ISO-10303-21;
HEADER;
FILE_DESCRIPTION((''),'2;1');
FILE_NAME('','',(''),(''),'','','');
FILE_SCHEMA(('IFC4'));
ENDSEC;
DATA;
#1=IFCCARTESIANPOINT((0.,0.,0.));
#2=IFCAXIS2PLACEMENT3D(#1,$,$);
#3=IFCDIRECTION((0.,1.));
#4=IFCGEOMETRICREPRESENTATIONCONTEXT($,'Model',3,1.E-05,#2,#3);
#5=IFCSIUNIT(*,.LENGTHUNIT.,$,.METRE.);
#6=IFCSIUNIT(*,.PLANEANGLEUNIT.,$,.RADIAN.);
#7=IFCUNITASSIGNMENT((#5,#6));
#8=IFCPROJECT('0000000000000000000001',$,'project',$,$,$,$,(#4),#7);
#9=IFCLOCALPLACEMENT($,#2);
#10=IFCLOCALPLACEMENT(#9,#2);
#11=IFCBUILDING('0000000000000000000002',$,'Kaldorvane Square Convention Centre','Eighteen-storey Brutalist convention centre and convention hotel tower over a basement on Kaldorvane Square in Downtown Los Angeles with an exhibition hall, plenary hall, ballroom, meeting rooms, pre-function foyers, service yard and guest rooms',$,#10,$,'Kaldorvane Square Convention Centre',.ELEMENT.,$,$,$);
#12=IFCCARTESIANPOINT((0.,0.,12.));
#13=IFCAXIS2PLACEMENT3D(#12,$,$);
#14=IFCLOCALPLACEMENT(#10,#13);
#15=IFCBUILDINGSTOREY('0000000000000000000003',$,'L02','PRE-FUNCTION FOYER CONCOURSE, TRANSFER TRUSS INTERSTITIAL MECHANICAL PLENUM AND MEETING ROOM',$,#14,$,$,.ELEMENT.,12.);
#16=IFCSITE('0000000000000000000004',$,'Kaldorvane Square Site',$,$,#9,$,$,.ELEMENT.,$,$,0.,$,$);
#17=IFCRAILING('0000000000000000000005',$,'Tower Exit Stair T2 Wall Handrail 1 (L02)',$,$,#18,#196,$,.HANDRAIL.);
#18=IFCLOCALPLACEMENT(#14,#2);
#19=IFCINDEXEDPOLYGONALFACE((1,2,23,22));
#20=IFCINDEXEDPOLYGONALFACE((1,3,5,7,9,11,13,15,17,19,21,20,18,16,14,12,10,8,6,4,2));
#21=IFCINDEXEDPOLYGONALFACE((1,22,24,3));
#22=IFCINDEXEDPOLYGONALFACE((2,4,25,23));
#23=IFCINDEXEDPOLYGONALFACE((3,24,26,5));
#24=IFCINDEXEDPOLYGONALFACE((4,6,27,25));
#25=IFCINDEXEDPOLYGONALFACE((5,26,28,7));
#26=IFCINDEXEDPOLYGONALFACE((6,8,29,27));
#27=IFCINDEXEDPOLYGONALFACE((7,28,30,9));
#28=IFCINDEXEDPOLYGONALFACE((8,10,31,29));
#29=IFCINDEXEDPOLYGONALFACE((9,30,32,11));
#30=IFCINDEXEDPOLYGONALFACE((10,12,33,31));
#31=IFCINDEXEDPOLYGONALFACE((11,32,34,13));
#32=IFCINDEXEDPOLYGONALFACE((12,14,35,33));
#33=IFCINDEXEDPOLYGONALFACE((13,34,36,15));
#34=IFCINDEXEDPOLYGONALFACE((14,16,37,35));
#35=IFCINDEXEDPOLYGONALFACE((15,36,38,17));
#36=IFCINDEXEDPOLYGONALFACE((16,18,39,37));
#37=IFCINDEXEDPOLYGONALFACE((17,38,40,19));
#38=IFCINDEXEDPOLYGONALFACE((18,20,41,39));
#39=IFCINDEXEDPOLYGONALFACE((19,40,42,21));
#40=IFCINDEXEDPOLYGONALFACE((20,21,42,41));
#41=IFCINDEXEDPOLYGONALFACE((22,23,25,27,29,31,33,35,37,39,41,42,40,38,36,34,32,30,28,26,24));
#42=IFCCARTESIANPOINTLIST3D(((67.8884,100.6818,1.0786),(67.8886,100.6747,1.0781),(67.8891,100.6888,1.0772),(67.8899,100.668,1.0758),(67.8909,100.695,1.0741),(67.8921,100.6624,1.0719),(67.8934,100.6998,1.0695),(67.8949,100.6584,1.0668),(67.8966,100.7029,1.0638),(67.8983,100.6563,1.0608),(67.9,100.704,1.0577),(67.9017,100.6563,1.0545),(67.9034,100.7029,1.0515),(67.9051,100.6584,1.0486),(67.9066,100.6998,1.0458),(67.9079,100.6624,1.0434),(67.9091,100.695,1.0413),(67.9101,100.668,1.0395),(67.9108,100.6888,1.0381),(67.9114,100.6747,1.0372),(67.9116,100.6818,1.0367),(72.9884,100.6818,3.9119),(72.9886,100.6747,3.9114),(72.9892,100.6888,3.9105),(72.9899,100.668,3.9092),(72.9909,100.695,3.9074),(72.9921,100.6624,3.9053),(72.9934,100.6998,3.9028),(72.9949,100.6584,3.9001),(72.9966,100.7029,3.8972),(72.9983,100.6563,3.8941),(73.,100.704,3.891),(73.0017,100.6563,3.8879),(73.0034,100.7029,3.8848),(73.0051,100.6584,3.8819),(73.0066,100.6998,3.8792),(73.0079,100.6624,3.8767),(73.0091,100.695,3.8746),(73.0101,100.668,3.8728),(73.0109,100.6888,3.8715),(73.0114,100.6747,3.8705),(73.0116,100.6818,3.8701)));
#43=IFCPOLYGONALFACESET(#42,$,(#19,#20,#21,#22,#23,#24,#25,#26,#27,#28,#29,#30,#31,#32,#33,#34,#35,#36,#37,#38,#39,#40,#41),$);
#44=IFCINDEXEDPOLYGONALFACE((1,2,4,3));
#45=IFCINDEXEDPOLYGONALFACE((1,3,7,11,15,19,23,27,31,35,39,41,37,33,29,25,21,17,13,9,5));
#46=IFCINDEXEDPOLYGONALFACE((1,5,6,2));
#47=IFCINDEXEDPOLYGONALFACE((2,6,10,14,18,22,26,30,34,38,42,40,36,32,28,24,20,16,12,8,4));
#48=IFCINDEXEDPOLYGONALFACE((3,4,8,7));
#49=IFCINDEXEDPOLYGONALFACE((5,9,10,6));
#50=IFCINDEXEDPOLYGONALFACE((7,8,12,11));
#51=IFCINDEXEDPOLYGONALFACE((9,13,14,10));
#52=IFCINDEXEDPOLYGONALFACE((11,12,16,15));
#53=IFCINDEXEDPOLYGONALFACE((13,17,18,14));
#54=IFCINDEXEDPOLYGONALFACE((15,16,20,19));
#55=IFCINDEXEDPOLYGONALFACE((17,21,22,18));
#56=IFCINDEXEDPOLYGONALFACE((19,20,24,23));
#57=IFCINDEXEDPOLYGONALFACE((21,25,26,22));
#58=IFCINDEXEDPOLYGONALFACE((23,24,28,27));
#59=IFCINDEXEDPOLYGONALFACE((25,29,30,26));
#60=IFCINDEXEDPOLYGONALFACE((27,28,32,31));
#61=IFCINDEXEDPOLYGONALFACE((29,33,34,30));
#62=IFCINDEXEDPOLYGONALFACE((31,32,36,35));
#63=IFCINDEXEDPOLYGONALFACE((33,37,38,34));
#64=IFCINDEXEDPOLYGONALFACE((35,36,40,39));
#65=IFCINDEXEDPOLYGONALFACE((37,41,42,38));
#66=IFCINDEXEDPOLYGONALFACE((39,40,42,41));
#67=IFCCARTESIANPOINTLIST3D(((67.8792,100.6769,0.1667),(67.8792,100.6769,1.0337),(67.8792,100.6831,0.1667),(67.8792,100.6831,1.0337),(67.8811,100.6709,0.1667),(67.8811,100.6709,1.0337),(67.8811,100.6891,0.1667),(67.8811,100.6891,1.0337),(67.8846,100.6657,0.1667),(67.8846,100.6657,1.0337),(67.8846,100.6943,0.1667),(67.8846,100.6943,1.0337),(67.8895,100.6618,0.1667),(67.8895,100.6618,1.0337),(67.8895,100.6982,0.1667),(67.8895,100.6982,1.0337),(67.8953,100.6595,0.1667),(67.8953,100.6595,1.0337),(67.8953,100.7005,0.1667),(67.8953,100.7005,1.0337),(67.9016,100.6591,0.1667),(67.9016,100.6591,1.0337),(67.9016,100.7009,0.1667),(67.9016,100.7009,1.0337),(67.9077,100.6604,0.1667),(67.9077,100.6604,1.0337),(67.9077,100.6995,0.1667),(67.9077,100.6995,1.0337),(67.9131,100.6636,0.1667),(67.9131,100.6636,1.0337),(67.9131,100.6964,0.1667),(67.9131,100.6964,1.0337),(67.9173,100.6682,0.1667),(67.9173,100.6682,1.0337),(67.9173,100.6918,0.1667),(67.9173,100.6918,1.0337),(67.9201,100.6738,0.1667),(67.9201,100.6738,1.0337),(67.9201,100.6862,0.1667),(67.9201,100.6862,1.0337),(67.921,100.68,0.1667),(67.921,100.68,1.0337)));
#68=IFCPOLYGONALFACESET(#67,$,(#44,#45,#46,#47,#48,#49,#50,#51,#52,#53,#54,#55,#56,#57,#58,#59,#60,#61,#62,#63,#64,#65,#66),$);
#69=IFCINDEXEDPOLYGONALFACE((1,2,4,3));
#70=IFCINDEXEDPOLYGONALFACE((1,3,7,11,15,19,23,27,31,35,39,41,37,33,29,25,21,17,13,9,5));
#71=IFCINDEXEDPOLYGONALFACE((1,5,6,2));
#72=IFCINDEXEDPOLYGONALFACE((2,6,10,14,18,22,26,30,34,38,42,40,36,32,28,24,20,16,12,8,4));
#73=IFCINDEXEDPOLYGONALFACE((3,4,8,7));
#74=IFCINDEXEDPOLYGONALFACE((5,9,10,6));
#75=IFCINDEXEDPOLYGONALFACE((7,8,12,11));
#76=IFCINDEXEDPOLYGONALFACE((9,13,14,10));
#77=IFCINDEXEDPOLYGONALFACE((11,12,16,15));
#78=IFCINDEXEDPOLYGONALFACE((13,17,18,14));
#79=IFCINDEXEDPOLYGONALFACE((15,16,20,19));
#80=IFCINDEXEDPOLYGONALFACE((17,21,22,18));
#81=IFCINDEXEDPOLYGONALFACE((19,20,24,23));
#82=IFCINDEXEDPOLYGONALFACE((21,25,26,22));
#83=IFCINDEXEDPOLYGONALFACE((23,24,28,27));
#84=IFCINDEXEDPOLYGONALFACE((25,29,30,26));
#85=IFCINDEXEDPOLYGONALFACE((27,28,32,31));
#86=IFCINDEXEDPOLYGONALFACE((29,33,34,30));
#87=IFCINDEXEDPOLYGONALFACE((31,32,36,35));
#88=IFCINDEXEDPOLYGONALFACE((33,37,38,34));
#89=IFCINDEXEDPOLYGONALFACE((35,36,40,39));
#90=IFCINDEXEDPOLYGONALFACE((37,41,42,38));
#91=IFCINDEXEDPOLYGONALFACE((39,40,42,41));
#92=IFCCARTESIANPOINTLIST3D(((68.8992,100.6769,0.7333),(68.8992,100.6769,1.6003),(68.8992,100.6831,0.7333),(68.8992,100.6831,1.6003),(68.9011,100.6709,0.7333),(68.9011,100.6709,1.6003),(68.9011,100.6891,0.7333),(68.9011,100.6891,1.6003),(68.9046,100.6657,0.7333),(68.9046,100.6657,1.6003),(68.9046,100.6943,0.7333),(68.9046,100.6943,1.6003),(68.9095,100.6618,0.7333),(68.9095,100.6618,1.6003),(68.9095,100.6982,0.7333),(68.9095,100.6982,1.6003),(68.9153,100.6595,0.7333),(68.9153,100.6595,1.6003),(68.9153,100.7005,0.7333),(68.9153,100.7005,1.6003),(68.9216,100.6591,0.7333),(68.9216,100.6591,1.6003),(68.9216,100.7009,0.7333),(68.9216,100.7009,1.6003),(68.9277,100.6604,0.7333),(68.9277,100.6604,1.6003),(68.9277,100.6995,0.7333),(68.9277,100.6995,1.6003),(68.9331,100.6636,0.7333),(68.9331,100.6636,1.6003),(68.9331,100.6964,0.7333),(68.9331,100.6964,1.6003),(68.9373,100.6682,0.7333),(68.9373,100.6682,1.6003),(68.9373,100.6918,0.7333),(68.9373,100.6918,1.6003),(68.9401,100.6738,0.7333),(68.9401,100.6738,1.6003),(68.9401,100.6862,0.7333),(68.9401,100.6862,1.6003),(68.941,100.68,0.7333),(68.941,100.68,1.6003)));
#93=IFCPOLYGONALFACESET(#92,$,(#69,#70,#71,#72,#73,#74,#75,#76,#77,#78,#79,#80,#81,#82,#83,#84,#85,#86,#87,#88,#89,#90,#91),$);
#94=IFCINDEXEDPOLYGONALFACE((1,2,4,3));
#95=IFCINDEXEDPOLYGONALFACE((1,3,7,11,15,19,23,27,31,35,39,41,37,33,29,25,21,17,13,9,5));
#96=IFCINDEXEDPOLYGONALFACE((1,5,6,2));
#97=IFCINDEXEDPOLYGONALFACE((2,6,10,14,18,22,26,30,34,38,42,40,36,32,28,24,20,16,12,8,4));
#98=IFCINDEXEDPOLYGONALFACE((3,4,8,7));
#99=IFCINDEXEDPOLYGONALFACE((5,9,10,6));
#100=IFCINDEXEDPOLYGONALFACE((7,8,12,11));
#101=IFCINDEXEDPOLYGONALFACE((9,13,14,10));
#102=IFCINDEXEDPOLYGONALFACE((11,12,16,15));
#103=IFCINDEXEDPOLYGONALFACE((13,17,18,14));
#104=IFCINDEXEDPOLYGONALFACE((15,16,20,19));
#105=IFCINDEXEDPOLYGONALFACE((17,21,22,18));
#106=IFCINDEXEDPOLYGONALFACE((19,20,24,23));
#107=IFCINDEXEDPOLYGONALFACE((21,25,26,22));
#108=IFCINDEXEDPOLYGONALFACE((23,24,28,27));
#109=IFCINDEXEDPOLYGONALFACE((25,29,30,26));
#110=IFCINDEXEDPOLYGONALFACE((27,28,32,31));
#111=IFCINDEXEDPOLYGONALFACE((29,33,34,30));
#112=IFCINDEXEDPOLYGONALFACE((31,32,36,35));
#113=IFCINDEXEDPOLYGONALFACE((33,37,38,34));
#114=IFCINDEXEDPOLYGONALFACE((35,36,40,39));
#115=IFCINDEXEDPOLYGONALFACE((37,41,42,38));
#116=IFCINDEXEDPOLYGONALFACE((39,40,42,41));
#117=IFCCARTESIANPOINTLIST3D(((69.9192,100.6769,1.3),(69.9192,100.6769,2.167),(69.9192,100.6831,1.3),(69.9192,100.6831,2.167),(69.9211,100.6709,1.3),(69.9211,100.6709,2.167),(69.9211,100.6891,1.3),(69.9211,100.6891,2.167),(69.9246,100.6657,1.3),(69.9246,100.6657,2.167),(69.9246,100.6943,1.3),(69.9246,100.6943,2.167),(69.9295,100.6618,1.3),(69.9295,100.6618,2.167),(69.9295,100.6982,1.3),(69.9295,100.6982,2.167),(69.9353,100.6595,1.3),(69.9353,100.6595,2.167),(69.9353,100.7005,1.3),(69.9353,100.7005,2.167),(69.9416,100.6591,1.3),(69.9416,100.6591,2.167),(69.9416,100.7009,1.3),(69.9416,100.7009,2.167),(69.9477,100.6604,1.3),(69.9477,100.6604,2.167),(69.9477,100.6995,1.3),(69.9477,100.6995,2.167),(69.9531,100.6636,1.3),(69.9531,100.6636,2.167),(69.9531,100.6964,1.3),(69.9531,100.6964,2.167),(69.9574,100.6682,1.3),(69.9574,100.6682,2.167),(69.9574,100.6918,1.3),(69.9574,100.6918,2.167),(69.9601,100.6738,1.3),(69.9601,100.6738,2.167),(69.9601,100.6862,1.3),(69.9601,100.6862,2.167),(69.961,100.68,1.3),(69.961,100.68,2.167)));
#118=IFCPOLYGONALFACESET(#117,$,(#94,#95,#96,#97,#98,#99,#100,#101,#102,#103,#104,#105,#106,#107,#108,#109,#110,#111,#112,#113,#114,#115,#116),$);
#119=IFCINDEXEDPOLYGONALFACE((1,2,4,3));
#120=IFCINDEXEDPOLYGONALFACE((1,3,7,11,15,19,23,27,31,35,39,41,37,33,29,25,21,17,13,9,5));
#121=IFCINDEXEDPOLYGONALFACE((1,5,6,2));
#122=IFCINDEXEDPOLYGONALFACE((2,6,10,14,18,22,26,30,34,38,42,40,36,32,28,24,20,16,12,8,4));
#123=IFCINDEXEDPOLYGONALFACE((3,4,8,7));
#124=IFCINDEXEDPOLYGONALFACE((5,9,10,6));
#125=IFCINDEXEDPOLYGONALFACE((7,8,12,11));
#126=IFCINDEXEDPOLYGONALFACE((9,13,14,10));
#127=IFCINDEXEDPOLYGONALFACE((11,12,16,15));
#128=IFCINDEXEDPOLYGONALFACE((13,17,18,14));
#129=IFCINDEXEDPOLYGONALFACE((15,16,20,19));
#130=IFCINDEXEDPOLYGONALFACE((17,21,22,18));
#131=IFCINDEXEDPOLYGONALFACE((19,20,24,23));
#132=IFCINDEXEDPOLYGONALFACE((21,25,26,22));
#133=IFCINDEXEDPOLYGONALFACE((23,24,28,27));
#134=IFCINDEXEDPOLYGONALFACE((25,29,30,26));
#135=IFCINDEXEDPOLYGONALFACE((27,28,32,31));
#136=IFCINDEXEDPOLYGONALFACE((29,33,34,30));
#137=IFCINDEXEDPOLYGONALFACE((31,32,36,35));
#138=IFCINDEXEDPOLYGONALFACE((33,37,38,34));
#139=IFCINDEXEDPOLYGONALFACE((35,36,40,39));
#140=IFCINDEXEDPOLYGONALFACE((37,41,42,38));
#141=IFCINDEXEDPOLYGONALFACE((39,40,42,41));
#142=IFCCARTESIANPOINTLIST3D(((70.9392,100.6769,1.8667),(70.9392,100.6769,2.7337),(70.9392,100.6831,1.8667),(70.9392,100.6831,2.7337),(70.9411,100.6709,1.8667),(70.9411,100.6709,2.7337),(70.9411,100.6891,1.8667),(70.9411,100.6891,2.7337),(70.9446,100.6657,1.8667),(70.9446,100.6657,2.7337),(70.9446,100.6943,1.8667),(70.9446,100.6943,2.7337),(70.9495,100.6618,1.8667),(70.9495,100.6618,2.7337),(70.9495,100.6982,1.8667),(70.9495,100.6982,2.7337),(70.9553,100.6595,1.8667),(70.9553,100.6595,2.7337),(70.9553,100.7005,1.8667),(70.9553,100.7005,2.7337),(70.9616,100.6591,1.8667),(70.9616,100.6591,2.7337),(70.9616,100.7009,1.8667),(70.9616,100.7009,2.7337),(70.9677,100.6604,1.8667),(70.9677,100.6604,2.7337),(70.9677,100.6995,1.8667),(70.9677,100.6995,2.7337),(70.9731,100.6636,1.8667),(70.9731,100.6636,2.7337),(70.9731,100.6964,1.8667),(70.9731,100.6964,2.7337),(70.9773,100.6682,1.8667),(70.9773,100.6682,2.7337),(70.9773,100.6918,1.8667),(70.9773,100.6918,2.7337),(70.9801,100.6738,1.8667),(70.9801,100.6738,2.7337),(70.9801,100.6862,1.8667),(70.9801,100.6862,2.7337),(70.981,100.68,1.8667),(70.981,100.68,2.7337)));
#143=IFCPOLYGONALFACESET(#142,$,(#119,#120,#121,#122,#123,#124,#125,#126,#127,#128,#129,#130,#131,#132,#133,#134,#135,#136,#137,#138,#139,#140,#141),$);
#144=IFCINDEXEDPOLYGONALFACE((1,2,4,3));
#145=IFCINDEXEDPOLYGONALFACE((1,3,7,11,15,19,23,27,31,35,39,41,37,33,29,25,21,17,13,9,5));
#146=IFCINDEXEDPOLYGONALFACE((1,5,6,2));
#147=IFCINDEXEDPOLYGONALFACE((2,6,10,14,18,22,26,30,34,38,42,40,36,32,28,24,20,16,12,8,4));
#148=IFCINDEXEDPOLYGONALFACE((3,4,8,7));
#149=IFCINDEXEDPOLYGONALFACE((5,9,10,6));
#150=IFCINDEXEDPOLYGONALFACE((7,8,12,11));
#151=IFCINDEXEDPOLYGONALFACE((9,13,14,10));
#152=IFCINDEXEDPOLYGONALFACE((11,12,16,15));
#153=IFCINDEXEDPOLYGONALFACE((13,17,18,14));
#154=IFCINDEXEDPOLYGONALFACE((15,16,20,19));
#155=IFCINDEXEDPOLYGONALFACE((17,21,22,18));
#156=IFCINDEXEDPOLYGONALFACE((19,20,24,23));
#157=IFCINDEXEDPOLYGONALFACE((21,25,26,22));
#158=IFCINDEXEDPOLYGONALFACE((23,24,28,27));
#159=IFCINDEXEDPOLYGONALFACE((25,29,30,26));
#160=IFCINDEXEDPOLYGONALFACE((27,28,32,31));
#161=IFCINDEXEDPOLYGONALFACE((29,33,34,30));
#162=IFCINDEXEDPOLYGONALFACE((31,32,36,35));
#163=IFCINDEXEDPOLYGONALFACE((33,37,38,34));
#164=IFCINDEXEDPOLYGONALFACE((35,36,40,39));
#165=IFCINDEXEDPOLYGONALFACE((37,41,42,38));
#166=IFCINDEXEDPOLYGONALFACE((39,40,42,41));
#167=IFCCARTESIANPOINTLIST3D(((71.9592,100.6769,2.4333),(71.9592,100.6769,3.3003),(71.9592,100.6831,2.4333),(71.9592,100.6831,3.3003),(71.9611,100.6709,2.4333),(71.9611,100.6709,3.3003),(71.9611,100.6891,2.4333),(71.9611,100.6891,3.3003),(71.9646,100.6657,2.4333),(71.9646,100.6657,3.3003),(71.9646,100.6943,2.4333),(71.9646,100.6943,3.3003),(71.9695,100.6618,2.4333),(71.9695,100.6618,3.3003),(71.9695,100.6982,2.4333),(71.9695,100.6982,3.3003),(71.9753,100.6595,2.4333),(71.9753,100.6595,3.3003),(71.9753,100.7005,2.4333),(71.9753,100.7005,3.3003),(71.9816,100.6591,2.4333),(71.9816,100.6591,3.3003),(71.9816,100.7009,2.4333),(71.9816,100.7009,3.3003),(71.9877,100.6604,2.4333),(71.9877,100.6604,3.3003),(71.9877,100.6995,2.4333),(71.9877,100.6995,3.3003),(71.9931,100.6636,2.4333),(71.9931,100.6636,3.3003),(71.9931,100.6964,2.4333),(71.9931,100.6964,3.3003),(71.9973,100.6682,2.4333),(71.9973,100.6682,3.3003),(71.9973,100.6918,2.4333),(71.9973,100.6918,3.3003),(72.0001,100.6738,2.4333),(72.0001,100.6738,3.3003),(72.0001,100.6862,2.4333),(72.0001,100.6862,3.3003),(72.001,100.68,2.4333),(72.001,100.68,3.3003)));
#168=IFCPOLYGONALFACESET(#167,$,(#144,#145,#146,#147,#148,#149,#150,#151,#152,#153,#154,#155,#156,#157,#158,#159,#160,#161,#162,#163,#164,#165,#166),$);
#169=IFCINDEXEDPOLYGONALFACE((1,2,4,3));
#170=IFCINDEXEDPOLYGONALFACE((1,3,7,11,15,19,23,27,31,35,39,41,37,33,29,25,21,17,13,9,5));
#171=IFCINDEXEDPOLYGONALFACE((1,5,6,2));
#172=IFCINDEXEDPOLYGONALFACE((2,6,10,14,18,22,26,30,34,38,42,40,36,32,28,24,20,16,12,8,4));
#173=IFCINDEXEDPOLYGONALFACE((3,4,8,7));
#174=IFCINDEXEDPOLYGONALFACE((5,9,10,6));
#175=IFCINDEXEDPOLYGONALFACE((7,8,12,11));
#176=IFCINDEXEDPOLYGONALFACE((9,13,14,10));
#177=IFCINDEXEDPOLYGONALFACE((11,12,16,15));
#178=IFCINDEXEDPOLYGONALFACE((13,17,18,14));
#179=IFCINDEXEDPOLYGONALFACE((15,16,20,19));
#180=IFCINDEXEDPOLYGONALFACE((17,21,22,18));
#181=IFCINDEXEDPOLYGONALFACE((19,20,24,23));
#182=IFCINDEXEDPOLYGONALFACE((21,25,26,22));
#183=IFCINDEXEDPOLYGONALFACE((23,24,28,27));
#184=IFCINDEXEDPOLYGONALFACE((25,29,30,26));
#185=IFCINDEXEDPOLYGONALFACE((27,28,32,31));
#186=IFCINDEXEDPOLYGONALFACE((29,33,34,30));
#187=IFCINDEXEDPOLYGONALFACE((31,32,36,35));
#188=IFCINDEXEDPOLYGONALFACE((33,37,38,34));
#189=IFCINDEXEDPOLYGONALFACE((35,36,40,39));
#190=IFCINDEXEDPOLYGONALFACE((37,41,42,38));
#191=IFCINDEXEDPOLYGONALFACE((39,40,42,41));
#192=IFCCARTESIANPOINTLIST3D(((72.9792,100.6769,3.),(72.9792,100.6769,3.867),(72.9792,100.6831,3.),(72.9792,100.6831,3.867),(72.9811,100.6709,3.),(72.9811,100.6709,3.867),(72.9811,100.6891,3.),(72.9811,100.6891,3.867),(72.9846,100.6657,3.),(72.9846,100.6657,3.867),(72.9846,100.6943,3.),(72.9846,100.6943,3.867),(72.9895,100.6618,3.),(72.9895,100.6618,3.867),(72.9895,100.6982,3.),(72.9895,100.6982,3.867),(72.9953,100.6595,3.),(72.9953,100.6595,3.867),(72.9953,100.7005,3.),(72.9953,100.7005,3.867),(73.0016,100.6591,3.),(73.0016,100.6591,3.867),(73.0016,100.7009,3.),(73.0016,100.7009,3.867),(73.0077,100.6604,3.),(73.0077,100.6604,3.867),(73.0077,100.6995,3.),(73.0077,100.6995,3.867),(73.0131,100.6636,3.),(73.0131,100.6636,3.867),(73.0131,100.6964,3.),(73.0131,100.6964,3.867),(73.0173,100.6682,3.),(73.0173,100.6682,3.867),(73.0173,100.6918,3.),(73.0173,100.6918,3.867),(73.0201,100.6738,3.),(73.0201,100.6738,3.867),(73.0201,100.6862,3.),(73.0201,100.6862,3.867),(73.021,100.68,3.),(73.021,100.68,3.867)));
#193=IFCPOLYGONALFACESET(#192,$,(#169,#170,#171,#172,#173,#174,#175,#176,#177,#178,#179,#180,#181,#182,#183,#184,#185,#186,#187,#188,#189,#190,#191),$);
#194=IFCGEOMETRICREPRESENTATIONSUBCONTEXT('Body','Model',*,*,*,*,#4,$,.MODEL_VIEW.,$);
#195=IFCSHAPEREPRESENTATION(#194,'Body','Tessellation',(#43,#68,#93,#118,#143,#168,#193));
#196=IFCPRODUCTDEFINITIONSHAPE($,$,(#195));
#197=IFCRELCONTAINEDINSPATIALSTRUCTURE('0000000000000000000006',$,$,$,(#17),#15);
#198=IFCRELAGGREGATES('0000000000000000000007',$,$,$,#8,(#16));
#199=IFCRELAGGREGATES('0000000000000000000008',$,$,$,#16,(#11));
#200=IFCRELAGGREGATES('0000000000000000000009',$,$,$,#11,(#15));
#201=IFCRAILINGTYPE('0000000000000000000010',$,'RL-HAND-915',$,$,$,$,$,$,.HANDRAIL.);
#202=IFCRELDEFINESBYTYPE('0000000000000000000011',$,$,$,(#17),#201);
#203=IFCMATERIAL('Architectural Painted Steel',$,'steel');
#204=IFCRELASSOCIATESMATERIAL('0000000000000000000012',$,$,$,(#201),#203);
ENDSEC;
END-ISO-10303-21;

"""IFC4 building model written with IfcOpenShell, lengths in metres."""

from ifc_helpers import new_model, si_unit, direction, frame, origin, origin_2d, place, context, subcontext, project, spatial, circle, extrude, material, type_object, element, save


model = new_model("IFC4")

# Units and contexts
model_context = context("Model", 3, precision=1e-05, world=origin(), true_north=direction((0.0, 1.0)))
body_context = subcontext(model_context, "Body", "Model", "MODEL_VIEW")
ifc_project = project(units=[si_unit("LENGTHUNIT", "METRE"), si_unit("PLANEANGLEUNIT", "RADIAN")], contexts=[model_context])

# Site, building, storey
site_placement = place(None, origin())
site = spatial("IfcSite", under=ifc_project, at=site_placement, Name="Kaldorvane Square Site", CompositionType="ELEMENT", RefElevation=0.0)
building_placement = place(site_placement, origin())
building = spatial("IfcBuilding", under=site, at=building_placement, Name="Kaldorvane Square Convention Centre", Description="Eighteen-storey Brutalist convention centre and convention hotel tower over a basement on Kaldorvane Square in Downtown Los Angeles with an exhibition hall, plenary hall, ballroom, meeting rooms, pre-function foyers, service yard and guest rooms", LongName="Kaldorvane Square Convention Centre", CompositionType="ELEMENT")
storey_placement = place(building_placement, frame((0.0, 0.0, 12.0)))
storey = spatial("IfcBuildingStorey", under=building, at=storey_placement, Name="L02", Description="PRE-FUNCTION FOYER CONCOURSE, TRANSFER TRUSS INTERSTITIAL MECHANICAL PLENUM AND MEETING ROOM", CompositionType="ELEMENT", Elevation=12.0)

# Railing
ifc_material_1 = material(Name="Architectural Painted Steel", Category="steel")
railing_type_1 = type_object("IfcRailingType", Name="RL-HAND-915", PredefinedType="HANDRAIL", material=ifc_material_1)
railing_1_placement = place(storey_placement, frame((67.9, 100.68, 0.1667)))
element("IfcRailing", 1, at=railing_1_placement, inside=storey, type_object=railing_type_1, Name="Tower Exit Stair T2 Wall Handrail 1 (L02)", PredefinedType="HANDRAIL", context=body_context, shape_type="SweptSolid", body=[
    extrude(circle(Radius=0.024, at=origin_2d()), frame((0.0, 0.0, 0.891), z_axis=(0.874158, 0.0, 0.485642), x_axis=(0.0, 1.0, 0.0)), (0.0, 0.0, 1.0), 5.8342),
    extrude(circle(Radius=0.021, at=origin_2d()), origin(), (0.0, 0.0, 1.0), 0.867),
    extrude(circle(Radius=0.021, at=origin_2d()), frame((1.02, 0.0, 0.5667)), (0.0, 0.0, 1.0), 0.867),
    extrude(circle(Radius=0.021, at=origin_2d()), frame((2.04, 0.0, 1.1333)), (0.0, 0.0, 1.0), 0.867),
    extrude(circle(Radius=0.021, at=origin_2d()), frame((3.06, 0.0, 1.7)), (0.0, 0.0, 1.0), 0.867),
    extrude(circle(Radius=0.021, at=origin_2d()), frame((4.08, 0.0, 2.2667)), (0.0, 0.0, 1.0), 0.867),
    extrude(circle(Radius=0.021, at=origin_2d()), frame((5.1, 0.0, 2.8333)), (0.0, 0.0, 1.0), 0.867),
])

save(model, "model.ifc")
